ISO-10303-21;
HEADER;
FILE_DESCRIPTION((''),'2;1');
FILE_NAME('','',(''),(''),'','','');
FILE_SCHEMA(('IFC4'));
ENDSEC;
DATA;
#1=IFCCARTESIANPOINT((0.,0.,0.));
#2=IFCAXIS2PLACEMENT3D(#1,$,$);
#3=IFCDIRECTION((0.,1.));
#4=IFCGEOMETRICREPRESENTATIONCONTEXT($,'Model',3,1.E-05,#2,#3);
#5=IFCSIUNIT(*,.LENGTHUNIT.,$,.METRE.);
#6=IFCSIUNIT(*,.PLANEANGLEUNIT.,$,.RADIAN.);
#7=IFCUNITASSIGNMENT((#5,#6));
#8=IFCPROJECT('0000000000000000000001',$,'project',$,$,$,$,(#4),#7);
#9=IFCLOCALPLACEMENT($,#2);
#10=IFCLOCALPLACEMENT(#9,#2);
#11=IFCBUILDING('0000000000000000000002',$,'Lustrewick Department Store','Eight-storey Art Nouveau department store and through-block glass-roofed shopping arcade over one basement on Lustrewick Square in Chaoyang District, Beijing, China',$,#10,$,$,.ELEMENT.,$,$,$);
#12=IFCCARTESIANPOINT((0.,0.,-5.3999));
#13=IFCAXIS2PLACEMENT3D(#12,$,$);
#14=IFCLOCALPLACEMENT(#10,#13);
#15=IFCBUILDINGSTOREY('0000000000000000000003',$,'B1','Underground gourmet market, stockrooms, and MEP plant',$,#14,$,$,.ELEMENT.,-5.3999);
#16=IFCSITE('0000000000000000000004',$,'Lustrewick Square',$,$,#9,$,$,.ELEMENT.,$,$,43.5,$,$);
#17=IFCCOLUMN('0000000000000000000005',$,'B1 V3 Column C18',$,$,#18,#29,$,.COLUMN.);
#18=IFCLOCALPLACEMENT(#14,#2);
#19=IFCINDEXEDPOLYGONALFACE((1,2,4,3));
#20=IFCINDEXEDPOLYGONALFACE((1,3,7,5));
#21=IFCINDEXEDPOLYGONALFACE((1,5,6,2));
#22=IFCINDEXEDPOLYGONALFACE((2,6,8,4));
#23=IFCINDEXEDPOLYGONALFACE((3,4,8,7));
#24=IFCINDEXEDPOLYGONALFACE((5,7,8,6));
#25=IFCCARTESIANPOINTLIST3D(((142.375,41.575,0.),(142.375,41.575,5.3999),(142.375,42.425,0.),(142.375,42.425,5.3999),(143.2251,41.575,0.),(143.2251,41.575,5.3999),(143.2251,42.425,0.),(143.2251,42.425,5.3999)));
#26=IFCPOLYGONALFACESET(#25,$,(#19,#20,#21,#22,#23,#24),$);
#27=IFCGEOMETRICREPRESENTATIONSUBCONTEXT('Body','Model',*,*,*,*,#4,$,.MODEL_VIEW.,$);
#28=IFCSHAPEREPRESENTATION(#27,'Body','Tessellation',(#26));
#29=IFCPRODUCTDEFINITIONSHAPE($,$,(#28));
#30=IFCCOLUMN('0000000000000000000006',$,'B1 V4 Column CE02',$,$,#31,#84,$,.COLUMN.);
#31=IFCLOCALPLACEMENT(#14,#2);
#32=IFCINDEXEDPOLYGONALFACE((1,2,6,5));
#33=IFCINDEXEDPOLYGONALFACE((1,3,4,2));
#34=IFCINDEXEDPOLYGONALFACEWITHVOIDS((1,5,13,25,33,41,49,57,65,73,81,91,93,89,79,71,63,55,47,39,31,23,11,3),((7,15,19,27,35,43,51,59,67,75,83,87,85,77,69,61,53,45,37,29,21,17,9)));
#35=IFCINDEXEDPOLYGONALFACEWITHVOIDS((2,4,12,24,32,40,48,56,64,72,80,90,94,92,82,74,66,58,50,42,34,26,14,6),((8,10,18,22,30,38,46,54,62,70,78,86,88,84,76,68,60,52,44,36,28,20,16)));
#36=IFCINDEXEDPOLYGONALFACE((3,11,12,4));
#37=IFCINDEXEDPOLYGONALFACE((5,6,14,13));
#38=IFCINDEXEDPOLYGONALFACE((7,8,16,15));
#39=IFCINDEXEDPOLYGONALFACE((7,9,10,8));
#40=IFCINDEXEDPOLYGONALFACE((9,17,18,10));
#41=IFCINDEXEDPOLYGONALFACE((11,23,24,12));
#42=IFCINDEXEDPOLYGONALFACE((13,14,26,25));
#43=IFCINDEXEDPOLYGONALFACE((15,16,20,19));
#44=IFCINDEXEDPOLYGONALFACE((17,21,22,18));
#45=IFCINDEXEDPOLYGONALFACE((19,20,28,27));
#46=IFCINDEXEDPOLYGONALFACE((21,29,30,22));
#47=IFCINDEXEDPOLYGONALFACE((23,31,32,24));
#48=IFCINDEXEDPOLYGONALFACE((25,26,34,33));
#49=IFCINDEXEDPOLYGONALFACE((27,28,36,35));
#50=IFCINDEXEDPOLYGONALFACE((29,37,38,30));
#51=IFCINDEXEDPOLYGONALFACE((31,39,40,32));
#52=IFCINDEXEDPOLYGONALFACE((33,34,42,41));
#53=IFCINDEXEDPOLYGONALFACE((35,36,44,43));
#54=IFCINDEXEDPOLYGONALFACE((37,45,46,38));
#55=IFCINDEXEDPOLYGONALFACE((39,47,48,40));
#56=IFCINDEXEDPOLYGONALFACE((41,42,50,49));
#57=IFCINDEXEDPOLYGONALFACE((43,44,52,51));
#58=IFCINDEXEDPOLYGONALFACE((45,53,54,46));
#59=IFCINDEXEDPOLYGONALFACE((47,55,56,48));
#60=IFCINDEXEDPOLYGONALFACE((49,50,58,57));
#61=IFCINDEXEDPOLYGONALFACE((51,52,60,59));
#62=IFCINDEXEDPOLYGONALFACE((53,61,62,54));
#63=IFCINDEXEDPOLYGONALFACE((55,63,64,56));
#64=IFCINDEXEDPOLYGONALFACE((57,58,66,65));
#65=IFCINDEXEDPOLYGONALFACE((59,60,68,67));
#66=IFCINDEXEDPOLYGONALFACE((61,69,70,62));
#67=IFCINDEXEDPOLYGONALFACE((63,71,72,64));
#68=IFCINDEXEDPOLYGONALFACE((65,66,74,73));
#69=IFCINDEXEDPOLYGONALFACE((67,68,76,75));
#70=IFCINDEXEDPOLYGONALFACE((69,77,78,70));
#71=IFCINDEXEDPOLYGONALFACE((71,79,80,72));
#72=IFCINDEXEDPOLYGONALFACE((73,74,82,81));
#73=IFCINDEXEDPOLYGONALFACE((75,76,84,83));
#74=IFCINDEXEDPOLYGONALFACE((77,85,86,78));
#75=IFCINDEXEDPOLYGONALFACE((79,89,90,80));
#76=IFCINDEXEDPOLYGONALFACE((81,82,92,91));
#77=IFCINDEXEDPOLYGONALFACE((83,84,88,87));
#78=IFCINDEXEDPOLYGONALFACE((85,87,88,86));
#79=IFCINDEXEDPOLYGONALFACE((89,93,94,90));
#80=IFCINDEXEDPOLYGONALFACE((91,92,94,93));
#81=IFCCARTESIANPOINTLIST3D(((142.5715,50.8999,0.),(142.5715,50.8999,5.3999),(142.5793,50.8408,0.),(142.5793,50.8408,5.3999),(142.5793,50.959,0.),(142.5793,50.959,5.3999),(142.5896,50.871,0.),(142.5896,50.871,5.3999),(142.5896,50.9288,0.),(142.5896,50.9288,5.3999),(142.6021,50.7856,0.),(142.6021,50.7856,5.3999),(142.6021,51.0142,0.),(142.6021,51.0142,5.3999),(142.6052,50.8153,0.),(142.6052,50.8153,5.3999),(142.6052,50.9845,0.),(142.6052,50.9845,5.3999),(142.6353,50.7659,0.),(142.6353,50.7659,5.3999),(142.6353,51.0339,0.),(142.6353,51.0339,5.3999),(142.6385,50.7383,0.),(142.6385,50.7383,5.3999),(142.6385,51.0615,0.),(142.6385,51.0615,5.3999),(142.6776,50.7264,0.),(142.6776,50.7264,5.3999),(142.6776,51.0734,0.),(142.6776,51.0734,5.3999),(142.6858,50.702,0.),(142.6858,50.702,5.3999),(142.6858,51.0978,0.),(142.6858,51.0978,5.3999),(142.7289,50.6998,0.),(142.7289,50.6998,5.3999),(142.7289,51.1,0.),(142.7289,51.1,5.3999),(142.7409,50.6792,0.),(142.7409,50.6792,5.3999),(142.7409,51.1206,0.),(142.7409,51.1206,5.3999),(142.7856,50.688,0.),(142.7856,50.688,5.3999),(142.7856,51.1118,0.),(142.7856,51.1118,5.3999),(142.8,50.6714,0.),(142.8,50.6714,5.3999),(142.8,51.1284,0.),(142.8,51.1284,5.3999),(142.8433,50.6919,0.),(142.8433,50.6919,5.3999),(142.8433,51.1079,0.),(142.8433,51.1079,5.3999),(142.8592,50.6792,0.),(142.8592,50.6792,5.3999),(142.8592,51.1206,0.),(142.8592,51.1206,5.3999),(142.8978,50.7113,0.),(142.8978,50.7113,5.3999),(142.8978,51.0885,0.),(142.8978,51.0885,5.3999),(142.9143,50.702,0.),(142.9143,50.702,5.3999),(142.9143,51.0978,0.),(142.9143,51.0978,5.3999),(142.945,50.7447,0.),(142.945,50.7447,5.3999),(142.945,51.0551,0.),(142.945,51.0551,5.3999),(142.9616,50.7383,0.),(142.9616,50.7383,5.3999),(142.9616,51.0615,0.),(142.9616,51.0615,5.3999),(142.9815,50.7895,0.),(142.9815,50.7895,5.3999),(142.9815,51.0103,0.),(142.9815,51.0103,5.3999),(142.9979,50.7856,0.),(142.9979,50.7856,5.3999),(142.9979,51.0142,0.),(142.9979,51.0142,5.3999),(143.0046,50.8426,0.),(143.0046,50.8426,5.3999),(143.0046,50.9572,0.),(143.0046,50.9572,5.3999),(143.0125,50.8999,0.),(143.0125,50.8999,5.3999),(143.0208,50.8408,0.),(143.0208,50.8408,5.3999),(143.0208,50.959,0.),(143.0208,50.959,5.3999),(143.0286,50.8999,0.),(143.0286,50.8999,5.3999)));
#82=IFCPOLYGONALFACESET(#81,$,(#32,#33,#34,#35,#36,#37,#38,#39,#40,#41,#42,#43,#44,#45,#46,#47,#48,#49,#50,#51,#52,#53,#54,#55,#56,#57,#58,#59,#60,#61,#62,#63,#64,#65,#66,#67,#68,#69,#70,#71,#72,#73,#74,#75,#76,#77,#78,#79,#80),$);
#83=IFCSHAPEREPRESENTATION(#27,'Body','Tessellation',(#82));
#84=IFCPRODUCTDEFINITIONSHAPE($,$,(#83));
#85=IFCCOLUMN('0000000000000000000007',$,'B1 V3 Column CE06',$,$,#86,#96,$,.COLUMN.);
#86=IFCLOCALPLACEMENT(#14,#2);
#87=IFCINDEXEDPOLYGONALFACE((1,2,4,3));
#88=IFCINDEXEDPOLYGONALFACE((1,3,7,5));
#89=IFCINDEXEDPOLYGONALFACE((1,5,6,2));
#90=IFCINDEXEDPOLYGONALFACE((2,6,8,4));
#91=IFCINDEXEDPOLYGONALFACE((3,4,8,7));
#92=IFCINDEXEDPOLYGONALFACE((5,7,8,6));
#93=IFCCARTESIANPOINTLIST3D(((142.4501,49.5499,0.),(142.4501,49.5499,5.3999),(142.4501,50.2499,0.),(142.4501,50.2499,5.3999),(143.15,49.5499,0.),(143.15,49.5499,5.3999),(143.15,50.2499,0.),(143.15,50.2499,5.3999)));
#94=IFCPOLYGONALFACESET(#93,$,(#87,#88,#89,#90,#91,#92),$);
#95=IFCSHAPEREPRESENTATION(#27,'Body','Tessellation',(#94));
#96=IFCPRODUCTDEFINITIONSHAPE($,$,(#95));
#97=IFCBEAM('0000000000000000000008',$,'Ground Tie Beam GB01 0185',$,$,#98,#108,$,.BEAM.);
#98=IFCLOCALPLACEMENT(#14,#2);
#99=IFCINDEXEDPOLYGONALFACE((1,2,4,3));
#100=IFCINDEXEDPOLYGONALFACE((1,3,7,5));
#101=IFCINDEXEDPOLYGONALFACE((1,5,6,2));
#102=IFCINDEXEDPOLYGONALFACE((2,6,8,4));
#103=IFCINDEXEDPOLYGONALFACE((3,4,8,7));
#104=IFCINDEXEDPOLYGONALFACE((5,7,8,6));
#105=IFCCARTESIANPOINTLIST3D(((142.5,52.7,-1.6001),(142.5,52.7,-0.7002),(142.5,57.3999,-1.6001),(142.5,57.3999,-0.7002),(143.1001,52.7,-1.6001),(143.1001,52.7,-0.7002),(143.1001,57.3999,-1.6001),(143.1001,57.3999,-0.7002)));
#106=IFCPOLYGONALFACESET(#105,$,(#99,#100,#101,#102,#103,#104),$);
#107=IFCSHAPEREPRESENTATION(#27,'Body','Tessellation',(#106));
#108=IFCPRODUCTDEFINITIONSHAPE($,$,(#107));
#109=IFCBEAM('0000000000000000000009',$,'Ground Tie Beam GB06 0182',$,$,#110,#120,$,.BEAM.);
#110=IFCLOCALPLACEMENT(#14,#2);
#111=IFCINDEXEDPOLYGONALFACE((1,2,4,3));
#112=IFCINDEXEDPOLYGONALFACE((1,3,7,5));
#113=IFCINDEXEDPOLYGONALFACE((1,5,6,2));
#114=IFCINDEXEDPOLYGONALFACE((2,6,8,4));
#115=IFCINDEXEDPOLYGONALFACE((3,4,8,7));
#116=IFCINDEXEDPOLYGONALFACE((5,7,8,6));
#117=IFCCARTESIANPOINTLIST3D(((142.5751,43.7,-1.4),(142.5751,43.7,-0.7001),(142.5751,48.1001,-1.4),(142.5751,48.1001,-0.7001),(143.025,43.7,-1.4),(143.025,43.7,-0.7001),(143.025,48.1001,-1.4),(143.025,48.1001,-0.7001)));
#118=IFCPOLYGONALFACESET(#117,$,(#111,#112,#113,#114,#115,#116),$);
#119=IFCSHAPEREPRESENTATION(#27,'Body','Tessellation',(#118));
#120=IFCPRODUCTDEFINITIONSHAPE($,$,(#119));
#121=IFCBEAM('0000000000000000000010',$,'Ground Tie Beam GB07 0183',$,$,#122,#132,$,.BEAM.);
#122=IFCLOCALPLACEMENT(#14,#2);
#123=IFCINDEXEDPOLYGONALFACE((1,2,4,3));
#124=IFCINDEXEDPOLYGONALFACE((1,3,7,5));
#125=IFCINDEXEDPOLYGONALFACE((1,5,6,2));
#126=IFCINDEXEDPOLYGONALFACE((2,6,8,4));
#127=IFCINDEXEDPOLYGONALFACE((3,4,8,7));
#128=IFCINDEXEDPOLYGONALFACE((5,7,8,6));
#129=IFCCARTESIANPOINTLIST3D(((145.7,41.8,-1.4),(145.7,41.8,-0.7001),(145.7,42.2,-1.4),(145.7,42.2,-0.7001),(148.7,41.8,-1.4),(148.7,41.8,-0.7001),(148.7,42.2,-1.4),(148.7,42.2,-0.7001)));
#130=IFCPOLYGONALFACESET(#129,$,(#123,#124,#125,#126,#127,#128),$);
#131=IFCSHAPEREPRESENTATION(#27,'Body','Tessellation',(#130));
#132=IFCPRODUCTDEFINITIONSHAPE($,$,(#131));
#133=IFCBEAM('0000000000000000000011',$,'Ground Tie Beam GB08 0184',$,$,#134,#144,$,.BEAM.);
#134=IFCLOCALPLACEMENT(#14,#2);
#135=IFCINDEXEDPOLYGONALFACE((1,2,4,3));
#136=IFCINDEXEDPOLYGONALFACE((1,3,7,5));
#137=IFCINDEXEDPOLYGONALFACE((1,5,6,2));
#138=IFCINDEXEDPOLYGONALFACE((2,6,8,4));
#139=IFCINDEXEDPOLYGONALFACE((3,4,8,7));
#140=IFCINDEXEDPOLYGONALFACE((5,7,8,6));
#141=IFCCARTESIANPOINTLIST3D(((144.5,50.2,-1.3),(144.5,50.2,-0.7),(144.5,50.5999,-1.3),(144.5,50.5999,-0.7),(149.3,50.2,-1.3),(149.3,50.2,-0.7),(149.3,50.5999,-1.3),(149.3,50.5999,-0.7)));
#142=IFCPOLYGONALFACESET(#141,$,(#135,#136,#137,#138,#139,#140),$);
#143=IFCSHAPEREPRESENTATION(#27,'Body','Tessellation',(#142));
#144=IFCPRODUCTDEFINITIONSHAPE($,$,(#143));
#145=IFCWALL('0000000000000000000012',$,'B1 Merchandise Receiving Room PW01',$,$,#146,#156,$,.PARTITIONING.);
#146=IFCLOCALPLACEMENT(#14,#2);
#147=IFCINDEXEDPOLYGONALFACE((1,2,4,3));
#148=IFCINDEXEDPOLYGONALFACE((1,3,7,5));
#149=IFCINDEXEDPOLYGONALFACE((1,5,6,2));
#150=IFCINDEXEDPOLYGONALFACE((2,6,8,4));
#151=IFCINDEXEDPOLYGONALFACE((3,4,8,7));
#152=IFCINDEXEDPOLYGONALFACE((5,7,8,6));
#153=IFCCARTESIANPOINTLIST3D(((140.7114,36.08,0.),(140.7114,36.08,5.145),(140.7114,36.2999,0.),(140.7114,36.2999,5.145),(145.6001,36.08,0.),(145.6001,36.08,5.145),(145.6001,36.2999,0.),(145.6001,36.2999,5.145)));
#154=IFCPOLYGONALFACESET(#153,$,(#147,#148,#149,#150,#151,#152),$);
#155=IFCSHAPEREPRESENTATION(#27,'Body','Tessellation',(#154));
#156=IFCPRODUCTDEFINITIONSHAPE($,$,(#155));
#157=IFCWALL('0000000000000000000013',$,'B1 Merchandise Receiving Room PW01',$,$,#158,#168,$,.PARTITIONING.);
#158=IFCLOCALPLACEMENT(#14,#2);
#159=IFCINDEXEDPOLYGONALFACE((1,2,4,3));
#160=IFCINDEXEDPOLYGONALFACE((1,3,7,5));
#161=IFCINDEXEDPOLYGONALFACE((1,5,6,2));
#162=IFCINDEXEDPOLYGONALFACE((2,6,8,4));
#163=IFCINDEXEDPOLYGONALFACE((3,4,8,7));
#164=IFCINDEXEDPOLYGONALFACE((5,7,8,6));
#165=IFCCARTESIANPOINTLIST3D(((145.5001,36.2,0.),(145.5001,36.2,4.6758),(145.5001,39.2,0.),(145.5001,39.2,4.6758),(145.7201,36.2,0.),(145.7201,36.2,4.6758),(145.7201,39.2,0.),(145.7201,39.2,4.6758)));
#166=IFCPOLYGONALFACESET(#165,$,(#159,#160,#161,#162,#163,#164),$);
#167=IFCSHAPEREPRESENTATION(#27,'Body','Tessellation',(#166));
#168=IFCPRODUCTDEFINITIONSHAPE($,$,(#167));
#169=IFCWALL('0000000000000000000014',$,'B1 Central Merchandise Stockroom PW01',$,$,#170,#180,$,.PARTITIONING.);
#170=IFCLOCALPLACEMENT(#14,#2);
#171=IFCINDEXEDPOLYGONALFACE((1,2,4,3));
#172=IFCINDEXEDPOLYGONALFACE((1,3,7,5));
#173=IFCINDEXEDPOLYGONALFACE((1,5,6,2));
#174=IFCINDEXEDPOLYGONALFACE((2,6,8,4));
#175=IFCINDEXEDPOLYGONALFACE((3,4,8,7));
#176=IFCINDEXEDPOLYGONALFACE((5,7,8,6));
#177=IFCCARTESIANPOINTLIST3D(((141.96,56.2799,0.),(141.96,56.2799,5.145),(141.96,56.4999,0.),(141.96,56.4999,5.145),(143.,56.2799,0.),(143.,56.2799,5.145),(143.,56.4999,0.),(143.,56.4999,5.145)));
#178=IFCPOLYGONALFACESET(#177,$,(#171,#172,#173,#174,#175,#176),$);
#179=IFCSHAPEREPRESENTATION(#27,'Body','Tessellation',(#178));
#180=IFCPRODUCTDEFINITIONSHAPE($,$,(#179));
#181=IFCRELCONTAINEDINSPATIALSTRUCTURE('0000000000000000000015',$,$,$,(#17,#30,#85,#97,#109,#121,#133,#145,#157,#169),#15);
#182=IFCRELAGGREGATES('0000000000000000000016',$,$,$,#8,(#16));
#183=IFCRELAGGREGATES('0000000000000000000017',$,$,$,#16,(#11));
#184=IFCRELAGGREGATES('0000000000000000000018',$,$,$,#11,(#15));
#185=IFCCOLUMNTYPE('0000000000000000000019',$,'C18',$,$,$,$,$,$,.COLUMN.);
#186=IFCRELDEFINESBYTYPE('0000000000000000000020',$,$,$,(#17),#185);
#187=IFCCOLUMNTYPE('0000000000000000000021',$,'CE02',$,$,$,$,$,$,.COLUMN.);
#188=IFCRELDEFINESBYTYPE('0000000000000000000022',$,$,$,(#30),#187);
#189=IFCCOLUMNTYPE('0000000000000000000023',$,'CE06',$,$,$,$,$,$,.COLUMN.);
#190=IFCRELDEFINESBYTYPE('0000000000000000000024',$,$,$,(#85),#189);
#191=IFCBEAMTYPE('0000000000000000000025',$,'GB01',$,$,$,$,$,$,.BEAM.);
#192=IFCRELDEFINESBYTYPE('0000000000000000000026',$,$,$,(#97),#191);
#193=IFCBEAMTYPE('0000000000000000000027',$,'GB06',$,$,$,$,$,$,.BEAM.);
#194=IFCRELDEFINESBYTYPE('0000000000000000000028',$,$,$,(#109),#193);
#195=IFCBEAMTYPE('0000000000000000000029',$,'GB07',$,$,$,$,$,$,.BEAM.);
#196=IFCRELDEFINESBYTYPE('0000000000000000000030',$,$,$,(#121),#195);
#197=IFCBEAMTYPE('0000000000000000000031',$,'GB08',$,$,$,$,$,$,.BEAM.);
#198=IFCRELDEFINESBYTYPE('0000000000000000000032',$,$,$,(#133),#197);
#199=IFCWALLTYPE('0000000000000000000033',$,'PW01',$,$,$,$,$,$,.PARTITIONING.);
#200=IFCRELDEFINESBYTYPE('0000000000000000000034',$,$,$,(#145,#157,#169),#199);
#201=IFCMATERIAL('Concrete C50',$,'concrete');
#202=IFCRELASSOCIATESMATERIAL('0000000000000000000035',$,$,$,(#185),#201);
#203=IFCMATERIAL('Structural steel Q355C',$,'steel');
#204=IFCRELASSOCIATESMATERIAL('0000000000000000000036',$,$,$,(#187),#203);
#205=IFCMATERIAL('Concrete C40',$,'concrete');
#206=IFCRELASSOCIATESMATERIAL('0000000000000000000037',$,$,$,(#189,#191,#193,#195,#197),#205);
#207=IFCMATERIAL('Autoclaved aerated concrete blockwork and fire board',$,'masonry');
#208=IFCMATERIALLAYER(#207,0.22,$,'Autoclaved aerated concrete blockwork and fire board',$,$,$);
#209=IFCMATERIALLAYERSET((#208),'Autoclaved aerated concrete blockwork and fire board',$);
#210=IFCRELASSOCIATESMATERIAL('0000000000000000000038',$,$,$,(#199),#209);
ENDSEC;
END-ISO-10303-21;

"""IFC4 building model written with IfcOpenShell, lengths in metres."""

from ifc_helpers import new_model, si_unit, direction, frame, frame_2d, origin, origin_2d, place, context, subcontext, project, spatial, rectangle, hollow_circle, extrude, material, layer, layer_set, material_profile, profile_set, type_object, element, save


model = new_model("IFC4")

# Units and contexts
model_context = context("Model", 3, precision=1e-05, world=origin(), true_north=direction((0.0, 1.0)))
body_context = subcontext(model_context, "Body", "Model", "MODEL_VIEW")
ifc_project = project(units=[si_unit("LENGTHUNIT", "METRE"), si_unit("PLANEANGLEUNIT", "RADIAN")], contexts=[model_context])

# Site, building, storey
site_placement = place(None, origin())
site = spatial("IfcSite", under=ifc_project, at=site_placement, Name="Lustrewick Square", CompositionType="ELEMENT", RefElevation=43.5)
building_placement = place(site_placement, origin())
building = spatial("IfcBuilding", under=site, at=building_placement, Name="Lustrewick Department Store", Description="Eight-storey Art Nouveau department store and through-block glass-roofed shopping arcade over one basement on Lustrewick Square in Chaoyang District, Beijing, China", CompositionType="ELEMENT")
storey_placement = place(building_placement, frame((0.0, 0.0, -5.3999)))
storey = spatial("IfcBuildingStorey", under=building, at=storey_placement, Name="B1", Description="Underground gourmet market, stockrooms, and MEP plant", CompositionType="ELEMENT", Elevation=-5.3999)

# Shared definitions
ifc_material_1 = material(Name="Concrete C40", Category="concrete")

# Columns
ifc_material_2 = material(Name="Concrete C50", Category="concrete")
ifc_material_profile_1 = material_profile(ifc_material_2, rectangle(XDim=0.8501, YDim=0.8501, at=origin_2d()), Name="RC 850x850")
ifc_profile_set_1 = profile_set([ifc_material_profile_1], Name="Concrete C50")
column_type_1 = type_object("IfcColumnType", Name="C18", PredefinedType="COLUMN", material=ifc_profile_set_1)
column_1_placement = place(storey_placement, frame((142.8, 42.0, 0.0), z_axis=(0.0, 0.0, 1.0), x_axis=(1.0, 0.0, 0.0)))
element("IfcColumn", 1, at=column_1_placement, inside=storey, type_object=column_type_1, Name="B1 V3 Column C18", PredefinedType="COLUMN", context=body_context, shape_type="SweptSolid", body=[
    extrude(rectangle(XDim=0.8501, YDim=0.8501, at=origin_2d()), origin(), (0.0, 0.0, 1.0), 5.3999),
])
ifc_material_3 = material(Name="Structural steel Q355C", Category="steel")
ifc_material_profile_2 = material_profile(ifc_material_3, hollow_circle(Radius=0.2285, WallThickness=0.0161, at=origin_2d()), Name="CHS 457x16")
ifc_profile_set_2 = profile_set([ifc_material_profile_2], Name="Structural steel Q355C")
column_type_2 = type_object("IfcColumnType", Name="CE02", PredefinedType="COLUMN", material=ifc_profile_set_2)
column_2_placement = place(storey_placement, frame((142.8, 50.8999, 0.0), z_axis=(0.0, 0.0, 1.0), x_axis=(1.0, 0.0, 0.0)))
element("IfcColumn", 2, at=column_2_placement, inside=storey, type_object=column_type_2, Name="B1 V4 Column CE02", PredefinedType="COLUMN", context=body_context, shape_type="SweptSolid", body=[
    extrude(hollow_circle(Radius=0.2285, WallThickness=0.0161, at=origin_2d()), origin(), (0.0, 0.0, 1.0), 5.3999),
])
ifc_material_profile_3 = material_profile(ifc_material_1, rectangle(XDim=0.7, YDim=0.7, at=origin_2d()), Name="RC 700x700")
ifc_profile_set_3 = profile_set([ifc_material_profile_3], Name="Concrete C40")
column_type_3 = type_object("IfcColumnType", Name="CE06", PredefinedType="COLUMN", material=ifc_profile_set_3)
column_3_placement = place(storey_placement, frame((142.8, 49.8999, 0.0), z_axis=(0.0, 0.0, 1.0), x_axis=(1.0, 0.0, 0.0)))
element("IfcColumn", 3, at=column_3_placement, inside=storey, type_object=column_type_3, Name="B1 V3 Column CE06", PredefinedType="COLUMN", context=body_context, shape_type="SweptSolid", body=[
    extrude(rectangle(XDim=0.7, YDim=0.7, at=origin_2d()), origin(), (0.0, 0.0, 1.0), 5.3999),
])

# Beams
ifc_material_profile_4 = material_profile(ifc_material_1, rectangle(XDim=0.6001, YDim=0.8999, at=origin_2d()), Name="RC 600x900")
ifc_profile_set_4 = profile_set([ifc_material_profile_4], Name="Concrete C40")
beam_type_1 = type_object("IfcBeamType", Name="GB01", PredefinedType="BEAM", material=ifc_profile_set_4)
beam_1_placement = place(storey_placement, frame((142.8, 52.7, -1.1501), z_axis=(0.0, 1.0, 0.0), x_axis=(-1.0, 0.0, 0.0)))
element("IfcBeam", 4, at=beam_1_placement, inside=storey, type_object=beam_type_1, Name="Ground Tie Beam GB01 0185", PredefinedType="BEAM", context=body_context, shape_type="SweptSolid", body=[
    extrude(rectangle(XDim=0.6001, YDim=0.8999, at=origin_2d()), origin(), (0.0, 0.0, 1.0), 4.7),
])
ifc_material_profile_5 = material_profile(ifc_material_1, rectangle(XDim=0.45, YDim=0.7, at=origin_2d()), Name="RC 450x700")
ifc_profile_set_5 = profile_set([ifc_material_profile_5], Name="Concrete C40")
beam_type_2 = type_object("IfcBeamType", Name="GB06", PredefinedType="BEAM", material=ifc_profile_set_5)
beam_2_placement = place(storey_placement, frame((142.8, 43.7, -1.05), z_axis=(0.0, 1.0, 0.0), x_axis=(-1.0, 0.0, 0.0)))
element("IfcBeam", 5, at=beam_2_placement, inside=storey, type_object=beam_type_2, Name="Ground Tie Beam GB06 0182", PredefinedType="BEAM", context=body_context, shape_type="SweptSolid", body=[
    extrude(rectangle(XDim=0.45, YDim=0.7, at=origin_2d()), origin(), (0.0, 0.0, 1.0), 4.4001),
])
ifc_material_profile_6 = material_profile(ifc_material_1, rectangle(XDim=0.3999, YDim=0.7, at=origin_2d()), Name="RC 400x700")
ifc_profile_set_6 = profile_set([ifc_material_profile_6], Name="Concrete C40")
beam_type_3 = type_object("IfcBeamType", Name="GB07", PredefinedType="BEAM", material=ifc_profile_set_6)
beam_3_placement = place(storey_placement, frame((145.7, 42.0, -1.05), z_axis=(1.0, 0.0, 0.0), x_axis=(0.0, 1.0, 0.0)))
element("IfcBeam", 6, at=beam_3_placement, inside=storey, type_object=beam_type_3, Name="Ground Tie Beam GB07 0183", PredefinedType="BEAM", context=body_context, shape_type="SweptSolid", body=[
    extrude(rectangle(XDim=0.3999, YDim=0.7, at=origin_2d()), origin(), (0.0, 0.0, 1.0), 3.0),
])
ifc_material_profile_7 = material_profile(ifc_material_1, rectangle(XDim=0.3999, YDim=0.6001, at=origin_2d()), Name="RC 400x600")
ifc_profile_set_7 = profile_set([ifc_material_profile_7], Name="Concrete C40")
beam_type_4 = type_object("IfcBeamType", Name="GB08", PredefinedType="BEAM", material=ifc_profile_set_7)
beam_4_placement = place(storey_placement, frame((144.5, 50.3999, -1.0), z_axis=(1.0, 0.0, 0.0), x_axis=(0.0, 1.0, 0.0)))
element("IfcBeam", 7, at=beam_4_placement, inside=storey, type_object=beam_type_4, Name="Ground Tie Beam GB08 0184", PredefinedType="BEAM", context=body_context, shape_type="SweptSolid", body=[
    extrude(rectangle(XDim=0.3999, YDim=0.6001, at=origin_2d()), origin(), (0.0, 0.0, 1.0), 4.8),
])

# Walls
ifc_material_4 = material(Name="Autoclaved aerated concrete blockwork and fire board", Category="masonry")
ifc_layer_1 = layer(ifc_material_4, 0.22, Name="Autoclaved aerated concrete blockwork and fire board")
ifc_layer_set_1 = layer_set([ifc_layer_1], Name="Autoclaved aerated concrete blockwork and fire board")
wall_type_1 = type_object("IfcWallType", Name="PW01", PredefinedType="PARTITIONING", material=ifc_layer_set_1)
wall_1_placement = place(storey_placement, frame((145.6001, 36.1899, 0.0), z_axis=(0.0, 0.0, 1.0), x_axis=(-1.0, 0.0, 0.0)))
element("IfcWall", 8, at=wall_1_placement, inside=storey, type_object=wall_type_1, Name="B1 Merchandise Receiving Room PW01", PredefinedType="PARTITIONING", context=body_context, shape_type="SweptSolid", body=[
    extrude(rectangle(XDim=4.8887, YDim=0.22, at=frame_2d((2.4443, 0.0))), origin(), (0.0, 0.0, 1.0), 5.145),
])
wall_2_placement = place(storey_placement, frame((145.6101, 39.2, 0.0), z_axis=(0.0, 0.0, 1.0), x_axis=(0.0, -1.0, 0.0)))
element("IfcWall", 9, at=wall_2_placement, inside=storey, type_object=wall_type_1, Name="B1 Merchandise Receiving Room PW01", PredefinedType="PARTITIONING", context=body_context, shape_type="SweptSolid", body=[
    extrude(rectangle(XDim=3.0, YDim=0.22, at=frame_2d((1.5, 0.0))), origin(), (0.0, 0.0, 1.0), 4.6758),
])
wall_3_placement = place(storey_placement, frame((143.0, 56.3899, 0.0), z_axis=(0.0, 0.0, 1.0), x_axis=(-1.0, 0.0, 0.0)))
element("IfcWall", 10, at=wall_3_placement, inside=storey, type_object=wall_type_1, Name="B1 Central Merchandise Stockroom PW01", PredefinedType="PARTITIONING", context=body_context, shape_type="SweptSolid", body=[
    extrude(rectangle(XDim=1.04, YDim=0.22, at=frame_2d((0.52, 0.0))), origin(), (0.0, 0.0, 1.0), 5.145),
])

save(model, "model.ifc")
